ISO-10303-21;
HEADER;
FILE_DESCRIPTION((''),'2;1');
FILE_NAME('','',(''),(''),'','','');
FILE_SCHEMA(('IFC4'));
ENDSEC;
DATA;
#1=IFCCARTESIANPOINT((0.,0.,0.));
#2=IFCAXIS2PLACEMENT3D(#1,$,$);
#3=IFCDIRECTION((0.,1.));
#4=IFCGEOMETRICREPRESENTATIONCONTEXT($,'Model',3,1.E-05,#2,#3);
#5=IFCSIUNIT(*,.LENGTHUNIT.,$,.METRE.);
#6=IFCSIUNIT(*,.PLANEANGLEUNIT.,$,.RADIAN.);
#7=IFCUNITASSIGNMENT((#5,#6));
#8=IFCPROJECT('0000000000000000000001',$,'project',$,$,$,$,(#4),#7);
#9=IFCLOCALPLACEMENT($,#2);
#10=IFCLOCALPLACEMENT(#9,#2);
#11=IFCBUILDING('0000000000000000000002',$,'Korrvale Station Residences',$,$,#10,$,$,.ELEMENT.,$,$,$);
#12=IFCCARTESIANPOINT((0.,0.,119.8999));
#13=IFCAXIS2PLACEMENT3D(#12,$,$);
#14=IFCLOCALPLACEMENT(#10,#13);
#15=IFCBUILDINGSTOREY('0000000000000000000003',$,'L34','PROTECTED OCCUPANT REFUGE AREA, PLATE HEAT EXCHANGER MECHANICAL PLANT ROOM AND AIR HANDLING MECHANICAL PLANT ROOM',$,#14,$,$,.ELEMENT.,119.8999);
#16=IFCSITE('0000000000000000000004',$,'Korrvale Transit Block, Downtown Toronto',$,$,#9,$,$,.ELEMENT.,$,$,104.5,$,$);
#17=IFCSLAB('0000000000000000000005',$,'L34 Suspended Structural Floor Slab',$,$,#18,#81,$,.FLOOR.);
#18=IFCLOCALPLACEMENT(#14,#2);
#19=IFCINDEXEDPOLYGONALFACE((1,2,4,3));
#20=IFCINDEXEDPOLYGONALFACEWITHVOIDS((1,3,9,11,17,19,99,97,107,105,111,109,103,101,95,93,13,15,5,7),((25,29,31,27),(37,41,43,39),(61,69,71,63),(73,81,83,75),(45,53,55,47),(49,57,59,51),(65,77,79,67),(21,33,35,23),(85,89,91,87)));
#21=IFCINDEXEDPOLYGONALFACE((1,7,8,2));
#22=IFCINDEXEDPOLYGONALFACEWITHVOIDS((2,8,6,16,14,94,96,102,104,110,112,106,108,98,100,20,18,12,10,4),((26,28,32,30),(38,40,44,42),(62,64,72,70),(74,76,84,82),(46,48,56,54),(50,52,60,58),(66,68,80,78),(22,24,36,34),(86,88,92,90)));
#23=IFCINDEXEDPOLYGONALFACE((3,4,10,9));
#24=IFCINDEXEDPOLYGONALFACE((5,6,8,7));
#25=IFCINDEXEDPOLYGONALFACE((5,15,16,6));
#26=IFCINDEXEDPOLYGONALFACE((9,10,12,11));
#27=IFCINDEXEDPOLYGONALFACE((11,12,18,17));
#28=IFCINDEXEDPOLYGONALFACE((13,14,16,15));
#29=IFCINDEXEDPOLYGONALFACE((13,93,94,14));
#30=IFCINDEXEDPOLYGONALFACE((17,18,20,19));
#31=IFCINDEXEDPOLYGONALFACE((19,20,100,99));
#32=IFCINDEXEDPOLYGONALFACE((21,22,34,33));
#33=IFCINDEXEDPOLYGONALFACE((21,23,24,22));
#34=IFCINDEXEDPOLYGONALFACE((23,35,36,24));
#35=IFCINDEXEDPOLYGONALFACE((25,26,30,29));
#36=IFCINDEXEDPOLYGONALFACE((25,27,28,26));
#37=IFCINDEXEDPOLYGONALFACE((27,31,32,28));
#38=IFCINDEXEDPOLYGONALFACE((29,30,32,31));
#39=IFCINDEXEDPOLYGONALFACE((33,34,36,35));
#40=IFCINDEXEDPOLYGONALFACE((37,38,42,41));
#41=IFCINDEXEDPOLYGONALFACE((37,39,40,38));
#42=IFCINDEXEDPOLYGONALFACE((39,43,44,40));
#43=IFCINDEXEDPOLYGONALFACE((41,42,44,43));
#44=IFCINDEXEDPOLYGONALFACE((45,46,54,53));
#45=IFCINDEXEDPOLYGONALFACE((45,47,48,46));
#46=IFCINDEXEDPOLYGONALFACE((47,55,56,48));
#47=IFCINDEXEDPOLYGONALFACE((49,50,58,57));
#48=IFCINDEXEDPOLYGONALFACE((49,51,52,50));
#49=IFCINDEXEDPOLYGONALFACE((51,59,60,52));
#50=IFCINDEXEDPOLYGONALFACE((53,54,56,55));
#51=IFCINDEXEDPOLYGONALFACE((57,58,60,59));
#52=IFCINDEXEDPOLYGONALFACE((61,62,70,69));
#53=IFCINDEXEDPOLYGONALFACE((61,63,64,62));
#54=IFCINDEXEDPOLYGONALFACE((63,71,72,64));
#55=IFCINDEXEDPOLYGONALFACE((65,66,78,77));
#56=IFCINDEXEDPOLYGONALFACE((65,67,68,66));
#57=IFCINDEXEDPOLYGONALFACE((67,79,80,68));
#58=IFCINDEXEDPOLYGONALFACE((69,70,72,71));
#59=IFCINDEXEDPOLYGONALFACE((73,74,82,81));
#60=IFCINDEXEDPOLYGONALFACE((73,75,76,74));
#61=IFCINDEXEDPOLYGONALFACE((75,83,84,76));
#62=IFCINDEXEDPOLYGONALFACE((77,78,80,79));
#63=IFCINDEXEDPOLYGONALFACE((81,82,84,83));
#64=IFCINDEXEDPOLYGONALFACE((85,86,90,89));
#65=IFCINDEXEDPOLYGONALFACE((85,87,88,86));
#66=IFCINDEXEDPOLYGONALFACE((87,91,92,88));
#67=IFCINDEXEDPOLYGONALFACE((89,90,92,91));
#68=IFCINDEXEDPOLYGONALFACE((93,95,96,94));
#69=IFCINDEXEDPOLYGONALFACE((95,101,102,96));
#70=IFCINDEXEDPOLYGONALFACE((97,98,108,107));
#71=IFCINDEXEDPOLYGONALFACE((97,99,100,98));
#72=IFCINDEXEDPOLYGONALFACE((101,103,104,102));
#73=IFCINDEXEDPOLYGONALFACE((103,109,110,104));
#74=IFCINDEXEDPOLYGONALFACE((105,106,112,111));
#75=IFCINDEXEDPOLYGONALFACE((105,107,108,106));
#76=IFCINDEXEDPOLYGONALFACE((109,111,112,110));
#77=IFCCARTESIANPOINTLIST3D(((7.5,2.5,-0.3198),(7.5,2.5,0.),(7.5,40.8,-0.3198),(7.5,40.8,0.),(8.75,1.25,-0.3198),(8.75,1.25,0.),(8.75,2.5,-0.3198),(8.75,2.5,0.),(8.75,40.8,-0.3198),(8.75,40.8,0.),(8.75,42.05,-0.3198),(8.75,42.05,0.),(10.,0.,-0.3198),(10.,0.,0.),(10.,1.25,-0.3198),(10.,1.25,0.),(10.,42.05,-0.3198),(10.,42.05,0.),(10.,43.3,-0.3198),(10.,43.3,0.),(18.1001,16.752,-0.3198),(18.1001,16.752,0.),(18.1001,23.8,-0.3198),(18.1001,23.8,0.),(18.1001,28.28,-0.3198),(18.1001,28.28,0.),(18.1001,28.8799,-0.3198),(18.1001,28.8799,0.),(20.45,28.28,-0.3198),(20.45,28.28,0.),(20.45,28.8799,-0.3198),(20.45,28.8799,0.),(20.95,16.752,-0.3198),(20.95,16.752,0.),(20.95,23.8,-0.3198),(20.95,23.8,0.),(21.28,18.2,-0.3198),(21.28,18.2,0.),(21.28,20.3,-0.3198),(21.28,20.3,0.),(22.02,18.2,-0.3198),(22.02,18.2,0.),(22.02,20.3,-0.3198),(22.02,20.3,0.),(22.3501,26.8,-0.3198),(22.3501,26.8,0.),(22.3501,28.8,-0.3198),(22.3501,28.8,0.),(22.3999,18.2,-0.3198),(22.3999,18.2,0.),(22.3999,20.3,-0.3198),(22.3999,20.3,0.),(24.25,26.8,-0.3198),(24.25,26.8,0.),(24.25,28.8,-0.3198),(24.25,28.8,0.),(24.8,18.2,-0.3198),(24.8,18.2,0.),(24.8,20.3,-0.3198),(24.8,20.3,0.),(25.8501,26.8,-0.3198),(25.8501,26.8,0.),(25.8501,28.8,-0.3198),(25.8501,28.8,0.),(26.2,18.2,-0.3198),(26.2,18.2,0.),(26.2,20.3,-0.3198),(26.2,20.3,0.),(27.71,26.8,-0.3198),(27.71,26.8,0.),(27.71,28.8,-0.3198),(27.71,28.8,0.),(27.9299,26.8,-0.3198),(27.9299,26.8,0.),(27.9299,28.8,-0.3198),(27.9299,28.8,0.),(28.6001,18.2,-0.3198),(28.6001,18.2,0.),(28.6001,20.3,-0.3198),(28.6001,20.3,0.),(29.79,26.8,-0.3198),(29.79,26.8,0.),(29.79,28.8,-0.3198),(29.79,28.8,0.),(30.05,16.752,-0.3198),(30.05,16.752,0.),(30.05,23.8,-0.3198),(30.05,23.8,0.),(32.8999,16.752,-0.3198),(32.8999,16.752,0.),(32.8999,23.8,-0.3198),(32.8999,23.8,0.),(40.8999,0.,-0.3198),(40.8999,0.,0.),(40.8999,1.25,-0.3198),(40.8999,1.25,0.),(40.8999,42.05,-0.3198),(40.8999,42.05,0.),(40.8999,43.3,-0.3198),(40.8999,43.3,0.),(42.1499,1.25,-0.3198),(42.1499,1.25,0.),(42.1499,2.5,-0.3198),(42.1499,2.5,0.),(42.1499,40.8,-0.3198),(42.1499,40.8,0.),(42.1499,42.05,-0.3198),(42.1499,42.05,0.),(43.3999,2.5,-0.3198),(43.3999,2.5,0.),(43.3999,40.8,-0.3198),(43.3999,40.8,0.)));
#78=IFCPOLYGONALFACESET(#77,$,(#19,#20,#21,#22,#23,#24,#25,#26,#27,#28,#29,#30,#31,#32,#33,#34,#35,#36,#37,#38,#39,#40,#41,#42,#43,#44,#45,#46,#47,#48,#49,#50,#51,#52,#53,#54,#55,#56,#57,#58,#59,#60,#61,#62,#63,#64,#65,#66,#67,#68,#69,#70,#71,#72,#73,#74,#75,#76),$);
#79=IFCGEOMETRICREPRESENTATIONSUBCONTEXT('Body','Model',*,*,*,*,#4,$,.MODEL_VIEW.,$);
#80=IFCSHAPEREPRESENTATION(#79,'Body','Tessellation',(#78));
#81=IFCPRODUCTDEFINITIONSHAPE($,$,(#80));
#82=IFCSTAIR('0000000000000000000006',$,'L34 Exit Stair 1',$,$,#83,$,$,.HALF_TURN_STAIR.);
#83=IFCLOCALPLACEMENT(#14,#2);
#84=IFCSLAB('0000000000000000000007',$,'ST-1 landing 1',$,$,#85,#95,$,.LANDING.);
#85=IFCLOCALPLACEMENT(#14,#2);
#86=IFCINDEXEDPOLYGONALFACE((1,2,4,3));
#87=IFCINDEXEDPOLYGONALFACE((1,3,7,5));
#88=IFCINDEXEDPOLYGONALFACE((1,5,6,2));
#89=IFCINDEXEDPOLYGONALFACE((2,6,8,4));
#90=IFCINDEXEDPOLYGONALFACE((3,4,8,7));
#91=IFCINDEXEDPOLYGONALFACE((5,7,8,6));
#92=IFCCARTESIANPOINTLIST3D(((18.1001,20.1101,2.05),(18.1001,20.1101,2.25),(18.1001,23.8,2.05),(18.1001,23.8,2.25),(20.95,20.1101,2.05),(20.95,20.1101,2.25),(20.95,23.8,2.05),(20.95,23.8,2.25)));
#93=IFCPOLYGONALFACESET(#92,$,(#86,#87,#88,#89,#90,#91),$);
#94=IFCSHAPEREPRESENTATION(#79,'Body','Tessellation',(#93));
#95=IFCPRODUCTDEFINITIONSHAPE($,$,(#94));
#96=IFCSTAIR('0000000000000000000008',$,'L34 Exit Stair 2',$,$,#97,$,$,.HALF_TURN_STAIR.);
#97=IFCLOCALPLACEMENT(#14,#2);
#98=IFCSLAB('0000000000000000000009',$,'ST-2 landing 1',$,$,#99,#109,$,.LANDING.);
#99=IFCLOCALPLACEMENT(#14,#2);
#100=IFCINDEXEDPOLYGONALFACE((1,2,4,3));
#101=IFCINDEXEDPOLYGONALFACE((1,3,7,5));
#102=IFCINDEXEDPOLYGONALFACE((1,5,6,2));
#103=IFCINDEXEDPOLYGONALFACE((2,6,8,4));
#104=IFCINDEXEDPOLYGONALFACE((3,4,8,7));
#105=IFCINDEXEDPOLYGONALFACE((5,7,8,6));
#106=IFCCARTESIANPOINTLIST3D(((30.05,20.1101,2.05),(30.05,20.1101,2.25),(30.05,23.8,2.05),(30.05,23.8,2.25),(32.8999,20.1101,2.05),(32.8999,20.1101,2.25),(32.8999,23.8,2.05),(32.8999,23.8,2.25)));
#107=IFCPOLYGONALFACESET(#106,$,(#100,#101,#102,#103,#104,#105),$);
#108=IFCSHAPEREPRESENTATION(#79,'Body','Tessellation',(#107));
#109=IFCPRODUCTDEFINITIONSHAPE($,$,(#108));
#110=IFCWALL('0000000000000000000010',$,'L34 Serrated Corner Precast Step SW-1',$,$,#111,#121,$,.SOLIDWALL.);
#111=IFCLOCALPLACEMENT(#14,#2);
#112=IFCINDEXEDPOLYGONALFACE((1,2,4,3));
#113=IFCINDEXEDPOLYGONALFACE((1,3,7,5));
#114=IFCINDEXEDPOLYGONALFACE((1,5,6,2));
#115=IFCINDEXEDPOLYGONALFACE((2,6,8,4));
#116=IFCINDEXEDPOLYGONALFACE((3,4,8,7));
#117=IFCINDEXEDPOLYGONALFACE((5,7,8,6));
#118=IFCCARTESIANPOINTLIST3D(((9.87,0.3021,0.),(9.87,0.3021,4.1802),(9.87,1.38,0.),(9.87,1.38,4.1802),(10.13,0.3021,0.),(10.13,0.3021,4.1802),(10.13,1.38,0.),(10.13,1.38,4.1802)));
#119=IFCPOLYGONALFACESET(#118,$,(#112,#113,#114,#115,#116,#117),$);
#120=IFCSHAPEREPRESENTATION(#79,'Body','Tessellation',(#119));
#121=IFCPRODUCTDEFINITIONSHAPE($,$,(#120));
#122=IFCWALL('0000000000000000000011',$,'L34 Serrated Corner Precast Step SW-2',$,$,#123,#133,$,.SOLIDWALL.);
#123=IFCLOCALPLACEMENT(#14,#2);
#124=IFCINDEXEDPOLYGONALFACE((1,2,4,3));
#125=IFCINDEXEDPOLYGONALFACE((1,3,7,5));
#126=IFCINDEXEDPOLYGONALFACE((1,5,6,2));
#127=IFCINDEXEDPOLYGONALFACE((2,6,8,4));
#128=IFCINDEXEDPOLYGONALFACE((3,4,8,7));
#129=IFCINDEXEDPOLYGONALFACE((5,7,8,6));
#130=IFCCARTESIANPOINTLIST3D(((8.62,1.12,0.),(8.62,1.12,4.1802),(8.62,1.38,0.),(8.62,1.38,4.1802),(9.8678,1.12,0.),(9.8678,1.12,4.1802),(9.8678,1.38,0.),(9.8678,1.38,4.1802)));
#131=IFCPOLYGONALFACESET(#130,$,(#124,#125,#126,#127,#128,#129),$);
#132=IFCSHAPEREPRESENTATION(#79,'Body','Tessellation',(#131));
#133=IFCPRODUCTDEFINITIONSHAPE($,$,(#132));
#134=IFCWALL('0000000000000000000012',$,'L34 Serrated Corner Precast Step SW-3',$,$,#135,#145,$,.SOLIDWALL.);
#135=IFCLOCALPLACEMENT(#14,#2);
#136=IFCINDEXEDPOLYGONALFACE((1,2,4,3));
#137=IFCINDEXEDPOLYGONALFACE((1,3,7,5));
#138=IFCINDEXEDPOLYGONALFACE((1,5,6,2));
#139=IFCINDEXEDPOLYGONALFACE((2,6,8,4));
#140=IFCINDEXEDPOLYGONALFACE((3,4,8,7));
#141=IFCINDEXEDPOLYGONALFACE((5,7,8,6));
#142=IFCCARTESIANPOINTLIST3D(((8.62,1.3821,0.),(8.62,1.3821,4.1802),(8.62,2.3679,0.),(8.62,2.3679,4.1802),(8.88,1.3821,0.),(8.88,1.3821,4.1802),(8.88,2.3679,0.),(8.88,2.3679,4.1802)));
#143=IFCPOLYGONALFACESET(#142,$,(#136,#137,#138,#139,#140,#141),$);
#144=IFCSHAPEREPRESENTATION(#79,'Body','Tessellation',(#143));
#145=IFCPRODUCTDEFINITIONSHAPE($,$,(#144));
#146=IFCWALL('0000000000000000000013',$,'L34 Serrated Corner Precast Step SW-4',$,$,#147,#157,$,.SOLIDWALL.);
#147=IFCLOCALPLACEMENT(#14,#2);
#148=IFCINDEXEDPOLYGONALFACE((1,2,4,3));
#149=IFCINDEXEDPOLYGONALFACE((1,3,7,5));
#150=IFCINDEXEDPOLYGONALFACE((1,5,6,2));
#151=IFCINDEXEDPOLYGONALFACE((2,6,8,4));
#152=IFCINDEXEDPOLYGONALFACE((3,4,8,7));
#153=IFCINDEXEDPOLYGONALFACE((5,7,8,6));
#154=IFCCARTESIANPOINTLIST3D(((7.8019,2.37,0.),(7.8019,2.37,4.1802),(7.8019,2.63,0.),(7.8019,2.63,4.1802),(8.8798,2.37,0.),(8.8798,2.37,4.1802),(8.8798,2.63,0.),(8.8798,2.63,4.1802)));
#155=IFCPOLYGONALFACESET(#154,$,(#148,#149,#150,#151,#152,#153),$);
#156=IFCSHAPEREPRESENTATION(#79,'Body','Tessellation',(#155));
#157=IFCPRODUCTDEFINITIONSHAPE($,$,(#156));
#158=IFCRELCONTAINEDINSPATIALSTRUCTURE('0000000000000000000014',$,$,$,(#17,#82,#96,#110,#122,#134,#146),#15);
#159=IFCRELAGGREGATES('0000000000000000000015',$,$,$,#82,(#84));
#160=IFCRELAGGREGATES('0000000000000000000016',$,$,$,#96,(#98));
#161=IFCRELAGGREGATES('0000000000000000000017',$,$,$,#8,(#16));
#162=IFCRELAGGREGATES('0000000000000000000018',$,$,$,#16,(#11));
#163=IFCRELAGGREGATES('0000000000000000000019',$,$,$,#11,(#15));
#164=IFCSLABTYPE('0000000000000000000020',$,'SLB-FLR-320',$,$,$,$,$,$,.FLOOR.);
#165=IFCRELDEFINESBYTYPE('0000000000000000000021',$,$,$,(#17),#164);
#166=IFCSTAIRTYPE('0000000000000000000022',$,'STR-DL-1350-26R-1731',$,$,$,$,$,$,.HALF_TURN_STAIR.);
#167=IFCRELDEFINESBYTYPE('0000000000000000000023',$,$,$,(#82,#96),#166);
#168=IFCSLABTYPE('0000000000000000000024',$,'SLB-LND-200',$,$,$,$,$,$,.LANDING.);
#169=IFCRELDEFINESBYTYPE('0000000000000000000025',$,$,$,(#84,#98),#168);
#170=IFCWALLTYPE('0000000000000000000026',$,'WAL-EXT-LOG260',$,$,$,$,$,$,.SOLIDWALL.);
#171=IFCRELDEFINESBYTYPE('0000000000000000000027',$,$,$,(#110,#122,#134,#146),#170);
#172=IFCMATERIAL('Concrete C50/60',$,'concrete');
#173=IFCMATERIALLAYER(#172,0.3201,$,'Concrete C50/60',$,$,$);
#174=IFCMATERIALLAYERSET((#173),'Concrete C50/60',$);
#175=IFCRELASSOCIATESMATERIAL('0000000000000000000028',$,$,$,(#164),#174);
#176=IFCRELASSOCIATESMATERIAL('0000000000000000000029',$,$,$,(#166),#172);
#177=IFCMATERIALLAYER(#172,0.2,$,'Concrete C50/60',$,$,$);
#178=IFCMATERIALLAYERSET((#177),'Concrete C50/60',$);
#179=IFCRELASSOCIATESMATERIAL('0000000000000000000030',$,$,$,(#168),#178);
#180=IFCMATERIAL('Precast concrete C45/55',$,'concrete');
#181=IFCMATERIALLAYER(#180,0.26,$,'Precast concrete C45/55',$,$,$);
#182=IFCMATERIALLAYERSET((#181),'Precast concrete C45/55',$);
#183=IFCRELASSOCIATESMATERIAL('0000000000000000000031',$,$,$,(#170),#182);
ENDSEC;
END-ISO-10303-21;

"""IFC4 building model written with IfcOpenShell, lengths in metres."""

from ifc_helpers import new_model, si_unit, direction, frame, frame_2d, origin, place, context, subcontext, project, spatial, polyline, rectangle, outline, extrude, material, layer, layer_set, type_object, element, aggregate, save


model = new_model("IFC4")

# Units and contexts
model_context = context("Model", 3, precision=1e-05, world=origin(), true_north=direction((0.0, 1.0)))
body_context = subcontext(model_context, "Body", "Model", "MODEL_VIEW")
ifc_project = project(units=[si_unit("LENGTHUNIT", "METRE"), si_unit("PLANEANGLEUNIT", "RADIAN")], contexts=[model_context])

# Site, building, storey
site_placement = place(None, origin())
site = spatial("IfcSite", under=ifc_project, at=site_placement, Name="Korrvale Transit Block, Downtown Toronto", CompositionType="ELEMENT", RefElevation=104.5)
building_placement = place(site_placement, origin())
building = spatial("IfcBuilding", under=site, at=building_placement, Name="Korrvale Station Residences", CompositionType="ELEMENT")
storey_placement = place(building_placement, frame((0.0, 0.0, 119.8999)))
storey = spatial("IfcBuildingStorey", under=building, at=storey_placement, Name="L34", Description="PROTECTED OCCUPANT REFUGE AREA, PLATE HEAT EXCHANGER MECHANICAL PLANT ROOM AND AIR HANDLING MECHANICAL PLANT ROOM", CompositionType="ELEMENT", Elevation=119.8999)

# Slab
ifc_material_1 = material(Name="Concrete C50/60", Category="concrete")
ifc_layer_1 = layer(ifc_material_1, 0.3201, Name="Concrete C50/60")
ifc_layer_set_1 = layer_set([ifc_layer_1], Name="Concrete C50/60")
slab_type_1 = type_object("IfcSlabType", Name="SLB-FLR-320", PredefinedType="FLOOR", material=ifc_layer_set_1)
slab_1_placement = place(storey_placement, frame((0.0, 0.0, -0.3198)))
element("IfcSlab", 1, at=slab_1_placement, inside=storey, type_object=slab_type_1, Name="L34 Suspended Structural Floor Slab", PredefinedType="FLOOR", context=body_context, shape_type="SweptSolid", body=[
    extrude(outline(polyline([(10.0, 0.0), (40.8999, 0.0), (40.8999, 1.25), (42.1499, 1.25), (42.1499, 2.5), (43.3999, 2.5), (43.3999, 40.8), (42.1499, 40.8), (42.1499, 42.05), (40.8999, 42.05), (40.8999, 43.3), (10.0, 43.3), (10.0, 42.05), (8.75, 42.05), (8.75, 40.8), (7.5, 40.8), (7.5, 2.5), (8.75, 2.5), (8.75, 1.25), (10.0, 1.25), (10.0, 0.0)]), holes=[polyline([(20.95, 16.752), (20.95, 23.8), (18.1001, 23.8), (18.1001, 16.752), (20.95, 16.752)]), polyline([(32.8999, 16.752), (32.8999, 23.8), (30.05, 23.8), (30.05, 16.752), (32.8999, 16.752)]), polyline([(22.3501, 26.8), (24.25, 26.8), (24.25, 28.8), (22.3501, 28.8), (22.3501, 26.8)]), polyline([(25.8501, 26.8), (27.71, 26.8), (27.71, 28.8), (25.8501, 28.8), (25.8501, 26.8)]), polyline([(27.9299, 26.8), (29.79, 26.8), (29.79, 28.8), (27.9299, 28.8), (27.9299, 26.8)]), polyline([(22.3999, 18.2), (24.8, 18.2), (24.8, 20.3), (22.3999, 20.3), (22.3999, 18.2)]), polyline([(26.2, 18.2), (28.6001, 18.2), (28.6001, 20.3), (26.2, 20.3), (26.2, 18.2)]), polyline([(18.1001, 28.28), (20.45, 28.28), (20.45, 28.8799), (18.1001, 28.8799), (18.1001, 28.28)]), polyline([(21.28, 18.2), (22.02, 18.2), (22.02, 20.3), (21.28, 20.3), (21.28, 18.2)])]), origin(), (0.0, 0.0, 1.0), 0.3198),
])

# Stairs, slabs
stair_type = type_object("IfcStairType", Name="STR-DL-1350-26R-1731", PredefinedType="HALF_TURN_STAIR", material=ifc_material_1)
stair_1_placement = place(storey_placement, origin())
stair_1 = element("IfcStair", 2, at=stair_1_placement, inside=storey, type_object=stair_type, Name="L34 Exit Stair 1", PredefinedType="HALF_TURN_STAIR")
ifc_layer_2 = layer(ifc_material_1, 0.2, Name="Concrete C50/60")
ifc_layer_set_2 = layer_set([ifc_layer_2], Name="Concrete C50/60")
slab_type_2 = type_object("IfcSlabType", Name="SLB-LND-200", PredefinedType="LANDING", material=ifc_layer_set_2)
slab_2_placement = place(storey_placement, frame((0.0, 0.0, 2.05)))
slab_2 = element("IfcSlab", 3, at=slab_2_placement, type_object=slab_type_2, Name="ST-1 landing 1", PredefinedType="LANDING", context=body_context, shape_type="SweptSolid", body=[
    extrude(outline(polyline([(20.95, 20.1101), (20.95, 23.8), (18.1001, 23.8), (18.1001, 20.1101), (20.95, 20.1101)])), origin(), (0.0, 0.0, 1.0), 0.2),
])
aggregate(stair_1, [slab_2])
stair_2_placement = place(storey_placement, origin())
stair_2 = element("IfcStair", 4, at=stair_2_placement, inside=storey, type_object=stair_type, Name="L34 Exit Stair 2", PredefinedType="HALF_TURN_STAIR")
slab_3_placement = place(storey_placement, frame((0.0, 0.0, 2.05)))
slab_3 = element("IfcSlab", 5, at=slab_3_placement, type_object=slab_type_2, Name="ST-2 landing 1", PredefinedType="LANDING", context=body_context, shape_type="SweptSolid", body=[
    extrude(outline(polyline([(32.8999, 20.1101), (32.8999, 23.8), (30.05, 23.8), (30.05, 20.1101), (32.8999, 20.1101)])), origin(), (0.0, 0.0, 1.0), 0.2),
])
aggregate(stair_2, [slab_3])

# Walls
ifc_material_2 = material(Name="Precast concrete C45/55", Category="concrete")
ifc_layer_3 = layer(ifc_material_2, 0.26, Name="Precast concrete C45/55")
ifc_layer_set_3 = layer_set([ifc_layer_3], Name="Precast concrete C45/55")
wall_type = type_object("IfcWallType", Name="WAL-EXT-LOG260", PredefinedType="SOLIDWALL", material=ifc_layer_set_3)
wall_1_placement = place(storey_placement, frame((10.0, 0.302, 0.0), z_axis=(0.0, 0.0, 1.0), x_axis=(0.0, 1.0, 0.0)))
element("IfcWall", 6, at=wall_1_placement, inside=storey, type_object=wall_type, Name="L34 Serrated Corner Precast Step SW-1", PredefinedType="SOLIDWALL", context=body_context, shape_type="SweptSolid", body=[
    extrude(rectangle(XDim=1.0779, YDim=0.26, at=frame_2d((0.5391, 0.0))), origin(), (0.0, 0.0, 1.0), 4.1802),
])
wall_2_placement = place(storey_placement, frame((9.8679, 1.25, 0.0), z_axis=(0.0, 0.0, 1.0), x_axis=(-1.0, 0.0, 0.0)))
element("IfcWall", 7, at=wall_2_placement, inside=storey, type_object=wall_type, Name="L34 Serrated Corner Precast Step SW-2", PredefinedType="SOLIDWALL", context=body_context, shape_type="SweptSolid", body=[
    extrude(rectangle(XDim=1.2478, YDim=0.26, at=frame_2d((0.624, 0.0))), origin(), (0.0, 0.0, 1.0), 4.1802),
])
wall_3_placement = place(storey_placement, frame((8.75, 1.3821, 0.0), z_axis=(0.0, 0.0, 1.0), x_axis=(0.0, 1.0, 0.0)))
element("IfcWall", 8, at=wall_3_placement, inside=storey, type_object=wall_type, Name="L34 Serrated Corner Precast Step SW-3", PredefinedType="SOLIDWALL", context=body_context, shape_type="SweptSolid", body=[
    extrude(rectangle(XDim=0.9858, YDim=0.26, at=frame_2d((0.4929, 0.0))), origin(), (0.0, 0.0, 1.0), 4.1802),
])
wall_4_placement = place(storey_placement, frame((8.8799, 2.5, 0.0), z_axis=(0.0, 0.0, 1.0), x_axis=(-1.0, 0.0, 0.0)))
element("IfcWall", 9, at=wall_4_placement, inside=storey, type_object=wall_type, Name="L34 Serrated Corner Precast Step SW-4", PredefinedType="SOLIDWALL", context=body_context, shape_type="SweptSolid", body=[
    extrude(rectangle(XDim=1.0779, YDim=0.26, at=frame_2d((0.5391, 0.0))), origin(), (0.0, 0.0, 1.0), 4.1802),
])

save(model, "model.ifc")
